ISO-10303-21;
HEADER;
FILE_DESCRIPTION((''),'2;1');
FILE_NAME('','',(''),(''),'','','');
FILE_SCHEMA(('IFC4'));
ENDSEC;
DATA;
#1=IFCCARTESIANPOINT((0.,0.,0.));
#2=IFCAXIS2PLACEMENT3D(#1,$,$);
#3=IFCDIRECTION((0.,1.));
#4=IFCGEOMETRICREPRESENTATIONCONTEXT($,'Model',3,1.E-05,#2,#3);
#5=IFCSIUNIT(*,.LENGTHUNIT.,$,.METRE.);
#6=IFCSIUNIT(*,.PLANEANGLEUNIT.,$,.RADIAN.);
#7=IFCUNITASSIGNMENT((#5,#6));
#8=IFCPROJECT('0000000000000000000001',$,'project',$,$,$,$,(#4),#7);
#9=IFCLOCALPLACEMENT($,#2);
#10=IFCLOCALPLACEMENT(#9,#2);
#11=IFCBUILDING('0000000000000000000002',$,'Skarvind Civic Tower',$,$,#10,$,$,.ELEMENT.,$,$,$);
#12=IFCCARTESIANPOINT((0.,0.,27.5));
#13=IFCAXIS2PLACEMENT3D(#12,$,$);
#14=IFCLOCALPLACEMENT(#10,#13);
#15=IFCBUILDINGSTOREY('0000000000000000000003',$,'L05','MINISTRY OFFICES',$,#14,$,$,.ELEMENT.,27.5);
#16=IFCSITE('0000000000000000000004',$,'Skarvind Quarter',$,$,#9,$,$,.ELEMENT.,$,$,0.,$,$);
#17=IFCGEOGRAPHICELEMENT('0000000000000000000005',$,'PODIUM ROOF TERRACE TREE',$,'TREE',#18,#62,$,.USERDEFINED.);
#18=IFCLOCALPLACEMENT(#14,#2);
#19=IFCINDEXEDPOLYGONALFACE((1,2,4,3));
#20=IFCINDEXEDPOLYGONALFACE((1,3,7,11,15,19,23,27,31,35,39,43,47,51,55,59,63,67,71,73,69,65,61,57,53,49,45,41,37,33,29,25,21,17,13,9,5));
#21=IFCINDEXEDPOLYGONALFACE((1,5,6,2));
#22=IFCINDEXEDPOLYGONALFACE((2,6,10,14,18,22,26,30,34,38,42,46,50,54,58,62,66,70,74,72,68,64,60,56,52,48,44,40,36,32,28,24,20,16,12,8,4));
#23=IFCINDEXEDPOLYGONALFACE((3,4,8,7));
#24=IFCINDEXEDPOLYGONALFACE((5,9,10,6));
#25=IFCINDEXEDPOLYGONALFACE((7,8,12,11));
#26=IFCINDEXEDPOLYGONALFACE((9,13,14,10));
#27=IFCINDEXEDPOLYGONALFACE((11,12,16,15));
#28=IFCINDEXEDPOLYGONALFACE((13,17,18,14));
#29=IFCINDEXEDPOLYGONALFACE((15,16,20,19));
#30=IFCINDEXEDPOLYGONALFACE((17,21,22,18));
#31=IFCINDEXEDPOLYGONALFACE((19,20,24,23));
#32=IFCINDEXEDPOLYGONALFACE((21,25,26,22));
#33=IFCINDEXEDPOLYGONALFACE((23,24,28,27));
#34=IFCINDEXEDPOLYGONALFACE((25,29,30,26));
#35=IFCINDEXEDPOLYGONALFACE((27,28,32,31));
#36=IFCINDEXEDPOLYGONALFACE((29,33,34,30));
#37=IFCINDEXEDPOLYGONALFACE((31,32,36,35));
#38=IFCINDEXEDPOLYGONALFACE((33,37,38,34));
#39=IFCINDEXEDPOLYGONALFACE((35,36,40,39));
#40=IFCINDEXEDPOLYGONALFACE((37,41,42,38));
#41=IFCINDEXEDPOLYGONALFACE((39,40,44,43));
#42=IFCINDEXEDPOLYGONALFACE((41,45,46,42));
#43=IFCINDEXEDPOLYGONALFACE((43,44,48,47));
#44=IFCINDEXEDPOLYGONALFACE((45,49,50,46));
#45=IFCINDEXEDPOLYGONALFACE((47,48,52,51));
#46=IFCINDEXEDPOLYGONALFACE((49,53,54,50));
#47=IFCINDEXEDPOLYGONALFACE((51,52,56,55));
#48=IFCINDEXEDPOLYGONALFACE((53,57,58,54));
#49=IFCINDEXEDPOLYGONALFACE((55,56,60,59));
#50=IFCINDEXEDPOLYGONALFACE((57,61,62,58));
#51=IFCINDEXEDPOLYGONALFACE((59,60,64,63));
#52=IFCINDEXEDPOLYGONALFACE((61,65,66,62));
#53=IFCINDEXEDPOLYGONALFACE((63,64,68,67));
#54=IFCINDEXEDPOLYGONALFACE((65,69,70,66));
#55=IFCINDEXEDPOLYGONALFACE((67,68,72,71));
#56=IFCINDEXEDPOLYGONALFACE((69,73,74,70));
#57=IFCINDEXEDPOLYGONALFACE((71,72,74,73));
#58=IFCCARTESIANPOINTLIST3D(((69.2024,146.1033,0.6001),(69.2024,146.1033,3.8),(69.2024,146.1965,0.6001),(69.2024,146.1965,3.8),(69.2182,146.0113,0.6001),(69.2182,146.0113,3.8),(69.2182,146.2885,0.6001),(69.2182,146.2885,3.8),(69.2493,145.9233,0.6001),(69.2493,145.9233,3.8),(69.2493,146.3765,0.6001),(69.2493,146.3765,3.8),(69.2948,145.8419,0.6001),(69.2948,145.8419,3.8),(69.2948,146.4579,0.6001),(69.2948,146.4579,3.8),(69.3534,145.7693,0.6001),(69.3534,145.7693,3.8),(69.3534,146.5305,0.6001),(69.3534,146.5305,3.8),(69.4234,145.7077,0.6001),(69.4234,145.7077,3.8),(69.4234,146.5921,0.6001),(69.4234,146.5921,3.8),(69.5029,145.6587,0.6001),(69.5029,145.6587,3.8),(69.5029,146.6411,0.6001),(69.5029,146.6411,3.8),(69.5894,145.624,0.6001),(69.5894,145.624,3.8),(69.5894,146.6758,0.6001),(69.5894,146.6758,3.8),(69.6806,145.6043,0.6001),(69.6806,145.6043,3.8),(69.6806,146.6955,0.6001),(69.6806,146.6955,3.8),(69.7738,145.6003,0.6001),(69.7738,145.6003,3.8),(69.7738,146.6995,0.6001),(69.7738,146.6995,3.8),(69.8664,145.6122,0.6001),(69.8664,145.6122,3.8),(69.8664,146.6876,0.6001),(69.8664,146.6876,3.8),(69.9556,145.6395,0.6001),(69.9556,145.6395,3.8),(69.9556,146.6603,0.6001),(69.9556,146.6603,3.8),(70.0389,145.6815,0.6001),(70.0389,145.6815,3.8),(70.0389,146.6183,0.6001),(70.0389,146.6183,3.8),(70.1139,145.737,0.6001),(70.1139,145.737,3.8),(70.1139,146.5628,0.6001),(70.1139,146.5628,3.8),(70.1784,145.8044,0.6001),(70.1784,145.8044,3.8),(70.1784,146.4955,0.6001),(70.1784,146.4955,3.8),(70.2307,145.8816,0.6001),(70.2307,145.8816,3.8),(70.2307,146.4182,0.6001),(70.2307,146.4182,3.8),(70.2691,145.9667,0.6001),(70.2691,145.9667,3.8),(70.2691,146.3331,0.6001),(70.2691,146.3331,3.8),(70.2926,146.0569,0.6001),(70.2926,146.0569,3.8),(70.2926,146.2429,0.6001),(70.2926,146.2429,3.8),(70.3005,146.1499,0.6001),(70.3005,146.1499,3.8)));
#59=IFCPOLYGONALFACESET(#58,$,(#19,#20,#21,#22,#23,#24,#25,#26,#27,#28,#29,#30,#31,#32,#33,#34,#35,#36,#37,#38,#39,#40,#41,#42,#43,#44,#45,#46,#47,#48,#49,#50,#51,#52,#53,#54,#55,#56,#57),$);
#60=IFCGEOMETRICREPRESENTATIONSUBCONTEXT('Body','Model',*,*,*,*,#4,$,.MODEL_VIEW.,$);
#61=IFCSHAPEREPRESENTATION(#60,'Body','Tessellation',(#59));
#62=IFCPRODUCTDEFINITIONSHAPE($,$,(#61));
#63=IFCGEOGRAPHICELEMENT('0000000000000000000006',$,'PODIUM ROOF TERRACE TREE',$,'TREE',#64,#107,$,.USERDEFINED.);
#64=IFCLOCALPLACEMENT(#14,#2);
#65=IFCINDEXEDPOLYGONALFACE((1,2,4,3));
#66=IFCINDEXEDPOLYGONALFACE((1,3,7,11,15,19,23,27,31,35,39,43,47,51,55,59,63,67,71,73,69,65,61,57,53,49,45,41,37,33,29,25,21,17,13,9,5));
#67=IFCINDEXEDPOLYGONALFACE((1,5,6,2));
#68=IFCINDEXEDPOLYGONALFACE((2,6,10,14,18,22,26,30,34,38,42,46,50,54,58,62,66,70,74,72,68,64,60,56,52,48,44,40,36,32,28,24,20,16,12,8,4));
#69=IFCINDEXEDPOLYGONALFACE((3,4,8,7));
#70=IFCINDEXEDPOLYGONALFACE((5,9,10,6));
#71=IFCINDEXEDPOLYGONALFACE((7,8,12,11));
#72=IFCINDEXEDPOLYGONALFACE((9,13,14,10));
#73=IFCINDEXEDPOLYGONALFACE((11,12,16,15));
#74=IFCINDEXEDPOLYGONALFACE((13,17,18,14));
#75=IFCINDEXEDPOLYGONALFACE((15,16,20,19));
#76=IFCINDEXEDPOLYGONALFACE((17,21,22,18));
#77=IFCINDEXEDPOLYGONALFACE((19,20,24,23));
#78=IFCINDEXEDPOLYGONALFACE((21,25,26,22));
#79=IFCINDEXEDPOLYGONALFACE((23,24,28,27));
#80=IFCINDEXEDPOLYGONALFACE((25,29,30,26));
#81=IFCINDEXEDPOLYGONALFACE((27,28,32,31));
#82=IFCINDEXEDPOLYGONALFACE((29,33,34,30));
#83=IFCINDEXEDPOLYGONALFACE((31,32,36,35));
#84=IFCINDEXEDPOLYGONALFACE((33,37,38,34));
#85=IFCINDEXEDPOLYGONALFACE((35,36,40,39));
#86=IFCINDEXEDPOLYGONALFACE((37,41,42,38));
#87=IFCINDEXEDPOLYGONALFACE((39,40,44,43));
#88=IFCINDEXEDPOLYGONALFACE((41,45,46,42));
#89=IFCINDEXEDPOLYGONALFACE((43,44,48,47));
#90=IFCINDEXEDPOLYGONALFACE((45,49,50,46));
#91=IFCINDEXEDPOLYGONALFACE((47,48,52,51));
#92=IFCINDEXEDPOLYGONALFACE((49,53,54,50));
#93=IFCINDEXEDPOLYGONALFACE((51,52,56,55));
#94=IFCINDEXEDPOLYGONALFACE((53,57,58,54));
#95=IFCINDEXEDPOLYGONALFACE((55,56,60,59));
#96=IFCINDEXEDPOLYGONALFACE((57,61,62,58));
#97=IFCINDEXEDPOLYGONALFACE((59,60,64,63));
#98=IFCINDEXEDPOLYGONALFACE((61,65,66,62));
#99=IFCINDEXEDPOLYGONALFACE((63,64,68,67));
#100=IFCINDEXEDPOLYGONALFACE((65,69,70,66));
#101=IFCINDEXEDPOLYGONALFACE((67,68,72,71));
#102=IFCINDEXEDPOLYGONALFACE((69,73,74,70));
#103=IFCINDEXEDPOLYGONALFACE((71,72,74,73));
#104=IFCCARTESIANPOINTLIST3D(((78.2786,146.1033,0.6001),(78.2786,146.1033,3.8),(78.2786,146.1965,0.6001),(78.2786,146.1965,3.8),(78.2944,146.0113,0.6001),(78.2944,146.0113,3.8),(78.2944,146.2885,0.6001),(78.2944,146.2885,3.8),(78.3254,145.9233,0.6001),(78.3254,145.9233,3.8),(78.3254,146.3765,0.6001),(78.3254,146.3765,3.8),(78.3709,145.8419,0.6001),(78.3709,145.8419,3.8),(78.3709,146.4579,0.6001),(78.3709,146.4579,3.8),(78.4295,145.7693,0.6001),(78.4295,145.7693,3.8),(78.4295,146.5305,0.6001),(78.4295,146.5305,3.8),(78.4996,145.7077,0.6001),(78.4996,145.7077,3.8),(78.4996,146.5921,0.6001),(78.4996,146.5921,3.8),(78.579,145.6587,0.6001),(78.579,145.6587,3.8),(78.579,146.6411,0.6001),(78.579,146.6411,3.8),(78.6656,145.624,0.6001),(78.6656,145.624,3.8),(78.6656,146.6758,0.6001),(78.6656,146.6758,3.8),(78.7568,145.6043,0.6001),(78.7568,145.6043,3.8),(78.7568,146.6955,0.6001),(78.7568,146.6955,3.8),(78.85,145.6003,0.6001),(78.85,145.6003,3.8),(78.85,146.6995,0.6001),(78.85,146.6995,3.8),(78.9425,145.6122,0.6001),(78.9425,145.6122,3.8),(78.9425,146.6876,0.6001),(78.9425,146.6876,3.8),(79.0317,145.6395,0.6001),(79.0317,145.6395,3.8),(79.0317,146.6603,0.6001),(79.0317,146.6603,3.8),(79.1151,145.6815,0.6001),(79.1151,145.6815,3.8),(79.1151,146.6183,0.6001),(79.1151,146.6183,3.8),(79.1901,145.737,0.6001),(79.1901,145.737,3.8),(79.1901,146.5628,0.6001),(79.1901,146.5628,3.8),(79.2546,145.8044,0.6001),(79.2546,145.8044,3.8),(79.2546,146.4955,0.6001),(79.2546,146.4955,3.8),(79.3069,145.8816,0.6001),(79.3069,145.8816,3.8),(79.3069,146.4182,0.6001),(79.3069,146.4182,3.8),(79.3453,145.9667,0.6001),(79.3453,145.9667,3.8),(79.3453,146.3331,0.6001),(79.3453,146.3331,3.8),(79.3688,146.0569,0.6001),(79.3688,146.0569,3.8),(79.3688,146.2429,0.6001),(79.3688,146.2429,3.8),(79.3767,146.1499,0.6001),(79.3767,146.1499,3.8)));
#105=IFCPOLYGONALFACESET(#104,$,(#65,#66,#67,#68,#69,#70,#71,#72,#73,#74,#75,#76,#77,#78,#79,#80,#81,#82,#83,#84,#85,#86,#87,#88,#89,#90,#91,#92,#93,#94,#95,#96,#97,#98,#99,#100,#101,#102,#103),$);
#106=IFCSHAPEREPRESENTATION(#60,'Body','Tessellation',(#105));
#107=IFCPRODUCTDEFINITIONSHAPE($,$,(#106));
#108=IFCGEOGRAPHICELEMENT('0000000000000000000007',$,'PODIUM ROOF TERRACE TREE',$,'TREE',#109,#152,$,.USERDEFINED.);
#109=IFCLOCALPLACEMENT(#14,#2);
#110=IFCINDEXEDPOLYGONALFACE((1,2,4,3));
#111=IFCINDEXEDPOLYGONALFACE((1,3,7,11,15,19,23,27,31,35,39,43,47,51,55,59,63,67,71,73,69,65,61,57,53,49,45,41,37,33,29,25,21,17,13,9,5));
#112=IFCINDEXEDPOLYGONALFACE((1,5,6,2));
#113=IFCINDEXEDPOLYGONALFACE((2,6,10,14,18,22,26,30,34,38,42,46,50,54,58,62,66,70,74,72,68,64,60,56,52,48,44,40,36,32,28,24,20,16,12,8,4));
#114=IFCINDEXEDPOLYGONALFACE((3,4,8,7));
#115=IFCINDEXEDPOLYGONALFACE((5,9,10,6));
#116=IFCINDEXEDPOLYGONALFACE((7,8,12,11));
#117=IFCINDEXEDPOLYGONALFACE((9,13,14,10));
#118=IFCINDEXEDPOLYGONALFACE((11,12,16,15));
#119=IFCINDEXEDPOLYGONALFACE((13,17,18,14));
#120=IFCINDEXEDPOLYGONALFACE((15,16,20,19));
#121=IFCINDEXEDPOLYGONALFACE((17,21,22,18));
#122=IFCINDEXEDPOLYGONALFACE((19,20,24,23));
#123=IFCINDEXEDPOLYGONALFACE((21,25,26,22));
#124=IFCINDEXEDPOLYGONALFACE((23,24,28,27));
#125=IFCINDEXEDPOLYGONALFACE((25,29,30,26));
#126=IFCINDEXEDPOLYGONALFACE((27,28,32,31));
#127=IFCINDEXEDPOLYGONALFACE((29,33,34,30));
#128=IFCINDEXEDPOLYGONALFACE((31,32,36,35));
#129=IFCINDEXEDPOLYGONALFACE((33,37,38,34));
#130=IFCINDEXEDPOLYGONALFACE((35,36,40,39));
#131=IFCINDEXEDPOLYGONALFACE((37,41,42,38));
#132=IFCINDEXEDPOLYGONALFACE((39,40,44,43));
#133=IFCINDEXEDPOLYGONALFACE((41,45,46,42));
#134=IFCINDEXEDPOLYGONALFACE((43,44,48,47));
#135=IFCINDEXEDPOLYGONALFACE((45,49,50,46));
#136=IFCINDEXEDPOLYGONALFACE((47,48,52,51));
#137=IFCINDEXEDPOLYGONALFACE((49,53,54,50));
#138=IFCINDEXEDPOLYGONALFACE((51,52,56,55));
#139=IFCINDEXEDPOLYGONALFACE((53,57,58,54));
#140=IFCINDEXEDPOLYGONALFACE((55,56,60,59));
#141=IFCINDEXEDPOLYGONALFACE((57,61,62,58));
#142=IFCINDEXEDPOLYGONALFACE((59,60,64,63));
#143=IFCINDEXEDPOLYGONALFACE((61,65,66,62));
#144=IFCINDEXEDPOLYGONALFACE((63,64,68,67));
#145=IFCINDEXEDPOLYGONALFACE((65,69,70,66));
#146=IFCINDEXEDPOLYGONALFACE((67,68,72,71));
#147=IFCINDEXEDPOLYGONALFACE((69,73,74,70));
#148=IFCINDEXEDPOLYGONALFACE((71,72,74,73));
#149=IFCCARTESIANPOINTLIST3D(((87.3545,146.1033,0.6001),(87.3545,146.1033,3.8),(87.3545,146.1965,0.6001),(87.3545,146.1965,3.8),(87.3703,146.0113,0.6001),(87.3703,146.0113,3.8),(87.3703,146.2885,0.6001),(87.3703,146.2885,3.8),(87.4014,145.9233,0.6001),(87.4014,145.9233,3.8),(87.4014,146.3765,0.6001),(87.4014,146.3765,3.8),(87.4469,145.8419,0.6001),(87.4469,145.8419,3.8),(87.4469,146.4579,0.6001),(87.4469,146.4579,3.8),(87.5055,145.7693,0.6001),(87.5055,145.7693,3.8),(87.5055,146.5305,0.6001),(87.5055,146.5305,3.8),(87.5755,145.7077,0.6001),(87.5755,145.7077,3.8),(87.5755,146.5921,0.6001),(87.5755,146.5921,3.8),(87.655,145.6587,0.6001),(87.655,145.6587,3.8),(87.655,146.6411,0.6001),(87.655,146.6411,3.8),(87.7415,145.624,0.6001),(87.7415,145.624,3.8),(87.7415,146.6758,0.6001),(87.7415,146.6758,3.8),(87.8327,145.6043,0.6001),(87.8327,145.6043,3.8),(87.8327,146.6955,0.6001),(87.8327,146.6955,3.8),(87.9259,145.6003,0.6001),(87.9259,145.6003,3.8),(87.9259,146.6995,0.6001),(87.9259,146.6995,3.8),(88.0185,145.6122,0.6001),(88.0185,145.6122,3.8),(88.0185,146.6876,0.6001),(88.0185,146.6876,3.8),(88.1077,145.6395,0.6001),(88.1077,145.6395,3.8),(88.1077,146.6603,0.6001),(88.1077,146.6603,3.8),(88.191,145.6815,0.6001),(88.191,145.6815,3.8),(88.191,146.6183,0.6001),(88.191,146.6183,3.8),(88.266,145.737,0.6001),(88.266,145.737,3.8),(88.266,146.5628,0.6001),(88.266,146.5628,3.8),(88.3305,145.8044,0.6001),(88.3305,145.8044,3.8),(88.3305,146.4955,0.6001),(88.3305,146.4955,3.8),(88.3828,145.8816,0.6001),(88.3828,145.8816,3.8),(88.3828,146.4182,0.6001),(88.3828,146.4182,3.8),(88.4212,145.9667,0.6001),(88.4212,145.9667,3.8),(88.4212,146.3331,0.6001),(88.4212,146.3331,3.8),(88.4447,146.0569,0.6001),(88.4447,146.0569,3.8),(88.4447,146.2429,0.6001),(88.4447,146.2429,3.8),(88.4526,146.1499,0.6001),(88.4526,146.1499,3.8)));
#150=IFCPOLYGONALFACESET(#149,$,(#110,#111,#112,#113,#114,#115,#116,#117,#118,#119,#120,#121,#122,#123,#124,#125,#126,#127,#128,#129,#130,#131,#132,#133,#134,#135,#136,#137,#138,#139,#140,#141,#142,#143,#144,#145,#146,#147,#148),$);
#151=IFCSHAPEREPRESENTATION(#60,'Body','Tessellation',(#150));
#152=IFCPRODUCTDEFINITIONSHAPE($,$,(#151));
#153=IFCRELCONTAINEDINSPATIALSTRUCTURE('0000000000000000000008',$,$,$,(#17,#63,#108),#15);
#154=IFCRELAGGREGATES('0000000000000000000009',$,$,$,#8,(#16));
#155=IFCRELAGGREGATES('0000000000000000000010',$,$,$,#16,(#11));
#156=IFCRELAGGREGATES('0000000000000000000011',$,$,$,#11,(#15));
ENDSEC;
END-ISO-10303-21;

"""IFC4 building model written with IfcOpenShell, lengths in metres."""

from ifc_helpers import new_model, si_unit, direction, frame, origin, origin_2d, place, context, subcontext, project, spatial, circle, extrude, element, save


model = new_model("IFC4")

# Units and contexts
model_context = context("Model", 3, precision=1e-05, world=origin(), true_north=direction((0.0, 1.0)))
body_context = subcontext(model_context, "Body", "Model", "MODEL_VIEW")
ifc_project = project(units=[si_unit("LENGTHUNIT", "METRE"), si_unit("PLANEANGLEUNIT", "RADIAN")], contexts=[model_context])

# Site, building, storey
site_placement = place(None, origin())
site = spatial("IfcSite", under=ifc_project, at=site_placement, Name="Skarvind Quarter", CompositionType="ELEMENT", RefElevation=0.0)
building_placement = place(site_placement, origin())
building = spatial("IfcBuilding", under=site, at=building_placement, Name="Skarvind Civic Tower", CompositionType="ELEMENT")
storey_placement = place(building_placement, frame((0.0, 0.0, 27.5)))
storey = spatial("IfcBuildingStorey", under=building, at=storey_placement, Name="L05", Description="MINISTRY OFFICES", CompositionType="ELEMENT", Elevation=27.5)

# Geographic elements
for number, where, z_axis, x_axis, name in (
    (1, (69.7505, 146.1499, 0.6001), (0.0, 0.0, 1.0), (1.0, 0.0, 0.0), "PODIUM ROOF TERRACE TREE"),
    (2, (78.8267, 146.1499, 0.6001), (0.0, 0.0, 1.0), (1.0, 0.0, 0.0), "PODIUM ROOF TERRACE TREE"),
    (3, (87.9026, 146.1499, 0.6001), (0.0, 0.0, 1.0), (1.0, 0.0, 0.0), "PODIUM ROOF TERRACE TREE"),
):
    element("IfcGeographicElement", number, at=place(storey_placement, frame(where, z_axis=z_axis, x_axis=x_axis)), inside=storey, Name=name, ObjectType="TREE", PredefinedType="USERDEFINED", context=body_context, shape_type="SweptSolid", body=[
        extrude(circle(Radius=0.55, at=origin_2d()), origin(), (0.0, 0.0, 1.0), 3.2),
    ])

save(model, "model.ifc")
